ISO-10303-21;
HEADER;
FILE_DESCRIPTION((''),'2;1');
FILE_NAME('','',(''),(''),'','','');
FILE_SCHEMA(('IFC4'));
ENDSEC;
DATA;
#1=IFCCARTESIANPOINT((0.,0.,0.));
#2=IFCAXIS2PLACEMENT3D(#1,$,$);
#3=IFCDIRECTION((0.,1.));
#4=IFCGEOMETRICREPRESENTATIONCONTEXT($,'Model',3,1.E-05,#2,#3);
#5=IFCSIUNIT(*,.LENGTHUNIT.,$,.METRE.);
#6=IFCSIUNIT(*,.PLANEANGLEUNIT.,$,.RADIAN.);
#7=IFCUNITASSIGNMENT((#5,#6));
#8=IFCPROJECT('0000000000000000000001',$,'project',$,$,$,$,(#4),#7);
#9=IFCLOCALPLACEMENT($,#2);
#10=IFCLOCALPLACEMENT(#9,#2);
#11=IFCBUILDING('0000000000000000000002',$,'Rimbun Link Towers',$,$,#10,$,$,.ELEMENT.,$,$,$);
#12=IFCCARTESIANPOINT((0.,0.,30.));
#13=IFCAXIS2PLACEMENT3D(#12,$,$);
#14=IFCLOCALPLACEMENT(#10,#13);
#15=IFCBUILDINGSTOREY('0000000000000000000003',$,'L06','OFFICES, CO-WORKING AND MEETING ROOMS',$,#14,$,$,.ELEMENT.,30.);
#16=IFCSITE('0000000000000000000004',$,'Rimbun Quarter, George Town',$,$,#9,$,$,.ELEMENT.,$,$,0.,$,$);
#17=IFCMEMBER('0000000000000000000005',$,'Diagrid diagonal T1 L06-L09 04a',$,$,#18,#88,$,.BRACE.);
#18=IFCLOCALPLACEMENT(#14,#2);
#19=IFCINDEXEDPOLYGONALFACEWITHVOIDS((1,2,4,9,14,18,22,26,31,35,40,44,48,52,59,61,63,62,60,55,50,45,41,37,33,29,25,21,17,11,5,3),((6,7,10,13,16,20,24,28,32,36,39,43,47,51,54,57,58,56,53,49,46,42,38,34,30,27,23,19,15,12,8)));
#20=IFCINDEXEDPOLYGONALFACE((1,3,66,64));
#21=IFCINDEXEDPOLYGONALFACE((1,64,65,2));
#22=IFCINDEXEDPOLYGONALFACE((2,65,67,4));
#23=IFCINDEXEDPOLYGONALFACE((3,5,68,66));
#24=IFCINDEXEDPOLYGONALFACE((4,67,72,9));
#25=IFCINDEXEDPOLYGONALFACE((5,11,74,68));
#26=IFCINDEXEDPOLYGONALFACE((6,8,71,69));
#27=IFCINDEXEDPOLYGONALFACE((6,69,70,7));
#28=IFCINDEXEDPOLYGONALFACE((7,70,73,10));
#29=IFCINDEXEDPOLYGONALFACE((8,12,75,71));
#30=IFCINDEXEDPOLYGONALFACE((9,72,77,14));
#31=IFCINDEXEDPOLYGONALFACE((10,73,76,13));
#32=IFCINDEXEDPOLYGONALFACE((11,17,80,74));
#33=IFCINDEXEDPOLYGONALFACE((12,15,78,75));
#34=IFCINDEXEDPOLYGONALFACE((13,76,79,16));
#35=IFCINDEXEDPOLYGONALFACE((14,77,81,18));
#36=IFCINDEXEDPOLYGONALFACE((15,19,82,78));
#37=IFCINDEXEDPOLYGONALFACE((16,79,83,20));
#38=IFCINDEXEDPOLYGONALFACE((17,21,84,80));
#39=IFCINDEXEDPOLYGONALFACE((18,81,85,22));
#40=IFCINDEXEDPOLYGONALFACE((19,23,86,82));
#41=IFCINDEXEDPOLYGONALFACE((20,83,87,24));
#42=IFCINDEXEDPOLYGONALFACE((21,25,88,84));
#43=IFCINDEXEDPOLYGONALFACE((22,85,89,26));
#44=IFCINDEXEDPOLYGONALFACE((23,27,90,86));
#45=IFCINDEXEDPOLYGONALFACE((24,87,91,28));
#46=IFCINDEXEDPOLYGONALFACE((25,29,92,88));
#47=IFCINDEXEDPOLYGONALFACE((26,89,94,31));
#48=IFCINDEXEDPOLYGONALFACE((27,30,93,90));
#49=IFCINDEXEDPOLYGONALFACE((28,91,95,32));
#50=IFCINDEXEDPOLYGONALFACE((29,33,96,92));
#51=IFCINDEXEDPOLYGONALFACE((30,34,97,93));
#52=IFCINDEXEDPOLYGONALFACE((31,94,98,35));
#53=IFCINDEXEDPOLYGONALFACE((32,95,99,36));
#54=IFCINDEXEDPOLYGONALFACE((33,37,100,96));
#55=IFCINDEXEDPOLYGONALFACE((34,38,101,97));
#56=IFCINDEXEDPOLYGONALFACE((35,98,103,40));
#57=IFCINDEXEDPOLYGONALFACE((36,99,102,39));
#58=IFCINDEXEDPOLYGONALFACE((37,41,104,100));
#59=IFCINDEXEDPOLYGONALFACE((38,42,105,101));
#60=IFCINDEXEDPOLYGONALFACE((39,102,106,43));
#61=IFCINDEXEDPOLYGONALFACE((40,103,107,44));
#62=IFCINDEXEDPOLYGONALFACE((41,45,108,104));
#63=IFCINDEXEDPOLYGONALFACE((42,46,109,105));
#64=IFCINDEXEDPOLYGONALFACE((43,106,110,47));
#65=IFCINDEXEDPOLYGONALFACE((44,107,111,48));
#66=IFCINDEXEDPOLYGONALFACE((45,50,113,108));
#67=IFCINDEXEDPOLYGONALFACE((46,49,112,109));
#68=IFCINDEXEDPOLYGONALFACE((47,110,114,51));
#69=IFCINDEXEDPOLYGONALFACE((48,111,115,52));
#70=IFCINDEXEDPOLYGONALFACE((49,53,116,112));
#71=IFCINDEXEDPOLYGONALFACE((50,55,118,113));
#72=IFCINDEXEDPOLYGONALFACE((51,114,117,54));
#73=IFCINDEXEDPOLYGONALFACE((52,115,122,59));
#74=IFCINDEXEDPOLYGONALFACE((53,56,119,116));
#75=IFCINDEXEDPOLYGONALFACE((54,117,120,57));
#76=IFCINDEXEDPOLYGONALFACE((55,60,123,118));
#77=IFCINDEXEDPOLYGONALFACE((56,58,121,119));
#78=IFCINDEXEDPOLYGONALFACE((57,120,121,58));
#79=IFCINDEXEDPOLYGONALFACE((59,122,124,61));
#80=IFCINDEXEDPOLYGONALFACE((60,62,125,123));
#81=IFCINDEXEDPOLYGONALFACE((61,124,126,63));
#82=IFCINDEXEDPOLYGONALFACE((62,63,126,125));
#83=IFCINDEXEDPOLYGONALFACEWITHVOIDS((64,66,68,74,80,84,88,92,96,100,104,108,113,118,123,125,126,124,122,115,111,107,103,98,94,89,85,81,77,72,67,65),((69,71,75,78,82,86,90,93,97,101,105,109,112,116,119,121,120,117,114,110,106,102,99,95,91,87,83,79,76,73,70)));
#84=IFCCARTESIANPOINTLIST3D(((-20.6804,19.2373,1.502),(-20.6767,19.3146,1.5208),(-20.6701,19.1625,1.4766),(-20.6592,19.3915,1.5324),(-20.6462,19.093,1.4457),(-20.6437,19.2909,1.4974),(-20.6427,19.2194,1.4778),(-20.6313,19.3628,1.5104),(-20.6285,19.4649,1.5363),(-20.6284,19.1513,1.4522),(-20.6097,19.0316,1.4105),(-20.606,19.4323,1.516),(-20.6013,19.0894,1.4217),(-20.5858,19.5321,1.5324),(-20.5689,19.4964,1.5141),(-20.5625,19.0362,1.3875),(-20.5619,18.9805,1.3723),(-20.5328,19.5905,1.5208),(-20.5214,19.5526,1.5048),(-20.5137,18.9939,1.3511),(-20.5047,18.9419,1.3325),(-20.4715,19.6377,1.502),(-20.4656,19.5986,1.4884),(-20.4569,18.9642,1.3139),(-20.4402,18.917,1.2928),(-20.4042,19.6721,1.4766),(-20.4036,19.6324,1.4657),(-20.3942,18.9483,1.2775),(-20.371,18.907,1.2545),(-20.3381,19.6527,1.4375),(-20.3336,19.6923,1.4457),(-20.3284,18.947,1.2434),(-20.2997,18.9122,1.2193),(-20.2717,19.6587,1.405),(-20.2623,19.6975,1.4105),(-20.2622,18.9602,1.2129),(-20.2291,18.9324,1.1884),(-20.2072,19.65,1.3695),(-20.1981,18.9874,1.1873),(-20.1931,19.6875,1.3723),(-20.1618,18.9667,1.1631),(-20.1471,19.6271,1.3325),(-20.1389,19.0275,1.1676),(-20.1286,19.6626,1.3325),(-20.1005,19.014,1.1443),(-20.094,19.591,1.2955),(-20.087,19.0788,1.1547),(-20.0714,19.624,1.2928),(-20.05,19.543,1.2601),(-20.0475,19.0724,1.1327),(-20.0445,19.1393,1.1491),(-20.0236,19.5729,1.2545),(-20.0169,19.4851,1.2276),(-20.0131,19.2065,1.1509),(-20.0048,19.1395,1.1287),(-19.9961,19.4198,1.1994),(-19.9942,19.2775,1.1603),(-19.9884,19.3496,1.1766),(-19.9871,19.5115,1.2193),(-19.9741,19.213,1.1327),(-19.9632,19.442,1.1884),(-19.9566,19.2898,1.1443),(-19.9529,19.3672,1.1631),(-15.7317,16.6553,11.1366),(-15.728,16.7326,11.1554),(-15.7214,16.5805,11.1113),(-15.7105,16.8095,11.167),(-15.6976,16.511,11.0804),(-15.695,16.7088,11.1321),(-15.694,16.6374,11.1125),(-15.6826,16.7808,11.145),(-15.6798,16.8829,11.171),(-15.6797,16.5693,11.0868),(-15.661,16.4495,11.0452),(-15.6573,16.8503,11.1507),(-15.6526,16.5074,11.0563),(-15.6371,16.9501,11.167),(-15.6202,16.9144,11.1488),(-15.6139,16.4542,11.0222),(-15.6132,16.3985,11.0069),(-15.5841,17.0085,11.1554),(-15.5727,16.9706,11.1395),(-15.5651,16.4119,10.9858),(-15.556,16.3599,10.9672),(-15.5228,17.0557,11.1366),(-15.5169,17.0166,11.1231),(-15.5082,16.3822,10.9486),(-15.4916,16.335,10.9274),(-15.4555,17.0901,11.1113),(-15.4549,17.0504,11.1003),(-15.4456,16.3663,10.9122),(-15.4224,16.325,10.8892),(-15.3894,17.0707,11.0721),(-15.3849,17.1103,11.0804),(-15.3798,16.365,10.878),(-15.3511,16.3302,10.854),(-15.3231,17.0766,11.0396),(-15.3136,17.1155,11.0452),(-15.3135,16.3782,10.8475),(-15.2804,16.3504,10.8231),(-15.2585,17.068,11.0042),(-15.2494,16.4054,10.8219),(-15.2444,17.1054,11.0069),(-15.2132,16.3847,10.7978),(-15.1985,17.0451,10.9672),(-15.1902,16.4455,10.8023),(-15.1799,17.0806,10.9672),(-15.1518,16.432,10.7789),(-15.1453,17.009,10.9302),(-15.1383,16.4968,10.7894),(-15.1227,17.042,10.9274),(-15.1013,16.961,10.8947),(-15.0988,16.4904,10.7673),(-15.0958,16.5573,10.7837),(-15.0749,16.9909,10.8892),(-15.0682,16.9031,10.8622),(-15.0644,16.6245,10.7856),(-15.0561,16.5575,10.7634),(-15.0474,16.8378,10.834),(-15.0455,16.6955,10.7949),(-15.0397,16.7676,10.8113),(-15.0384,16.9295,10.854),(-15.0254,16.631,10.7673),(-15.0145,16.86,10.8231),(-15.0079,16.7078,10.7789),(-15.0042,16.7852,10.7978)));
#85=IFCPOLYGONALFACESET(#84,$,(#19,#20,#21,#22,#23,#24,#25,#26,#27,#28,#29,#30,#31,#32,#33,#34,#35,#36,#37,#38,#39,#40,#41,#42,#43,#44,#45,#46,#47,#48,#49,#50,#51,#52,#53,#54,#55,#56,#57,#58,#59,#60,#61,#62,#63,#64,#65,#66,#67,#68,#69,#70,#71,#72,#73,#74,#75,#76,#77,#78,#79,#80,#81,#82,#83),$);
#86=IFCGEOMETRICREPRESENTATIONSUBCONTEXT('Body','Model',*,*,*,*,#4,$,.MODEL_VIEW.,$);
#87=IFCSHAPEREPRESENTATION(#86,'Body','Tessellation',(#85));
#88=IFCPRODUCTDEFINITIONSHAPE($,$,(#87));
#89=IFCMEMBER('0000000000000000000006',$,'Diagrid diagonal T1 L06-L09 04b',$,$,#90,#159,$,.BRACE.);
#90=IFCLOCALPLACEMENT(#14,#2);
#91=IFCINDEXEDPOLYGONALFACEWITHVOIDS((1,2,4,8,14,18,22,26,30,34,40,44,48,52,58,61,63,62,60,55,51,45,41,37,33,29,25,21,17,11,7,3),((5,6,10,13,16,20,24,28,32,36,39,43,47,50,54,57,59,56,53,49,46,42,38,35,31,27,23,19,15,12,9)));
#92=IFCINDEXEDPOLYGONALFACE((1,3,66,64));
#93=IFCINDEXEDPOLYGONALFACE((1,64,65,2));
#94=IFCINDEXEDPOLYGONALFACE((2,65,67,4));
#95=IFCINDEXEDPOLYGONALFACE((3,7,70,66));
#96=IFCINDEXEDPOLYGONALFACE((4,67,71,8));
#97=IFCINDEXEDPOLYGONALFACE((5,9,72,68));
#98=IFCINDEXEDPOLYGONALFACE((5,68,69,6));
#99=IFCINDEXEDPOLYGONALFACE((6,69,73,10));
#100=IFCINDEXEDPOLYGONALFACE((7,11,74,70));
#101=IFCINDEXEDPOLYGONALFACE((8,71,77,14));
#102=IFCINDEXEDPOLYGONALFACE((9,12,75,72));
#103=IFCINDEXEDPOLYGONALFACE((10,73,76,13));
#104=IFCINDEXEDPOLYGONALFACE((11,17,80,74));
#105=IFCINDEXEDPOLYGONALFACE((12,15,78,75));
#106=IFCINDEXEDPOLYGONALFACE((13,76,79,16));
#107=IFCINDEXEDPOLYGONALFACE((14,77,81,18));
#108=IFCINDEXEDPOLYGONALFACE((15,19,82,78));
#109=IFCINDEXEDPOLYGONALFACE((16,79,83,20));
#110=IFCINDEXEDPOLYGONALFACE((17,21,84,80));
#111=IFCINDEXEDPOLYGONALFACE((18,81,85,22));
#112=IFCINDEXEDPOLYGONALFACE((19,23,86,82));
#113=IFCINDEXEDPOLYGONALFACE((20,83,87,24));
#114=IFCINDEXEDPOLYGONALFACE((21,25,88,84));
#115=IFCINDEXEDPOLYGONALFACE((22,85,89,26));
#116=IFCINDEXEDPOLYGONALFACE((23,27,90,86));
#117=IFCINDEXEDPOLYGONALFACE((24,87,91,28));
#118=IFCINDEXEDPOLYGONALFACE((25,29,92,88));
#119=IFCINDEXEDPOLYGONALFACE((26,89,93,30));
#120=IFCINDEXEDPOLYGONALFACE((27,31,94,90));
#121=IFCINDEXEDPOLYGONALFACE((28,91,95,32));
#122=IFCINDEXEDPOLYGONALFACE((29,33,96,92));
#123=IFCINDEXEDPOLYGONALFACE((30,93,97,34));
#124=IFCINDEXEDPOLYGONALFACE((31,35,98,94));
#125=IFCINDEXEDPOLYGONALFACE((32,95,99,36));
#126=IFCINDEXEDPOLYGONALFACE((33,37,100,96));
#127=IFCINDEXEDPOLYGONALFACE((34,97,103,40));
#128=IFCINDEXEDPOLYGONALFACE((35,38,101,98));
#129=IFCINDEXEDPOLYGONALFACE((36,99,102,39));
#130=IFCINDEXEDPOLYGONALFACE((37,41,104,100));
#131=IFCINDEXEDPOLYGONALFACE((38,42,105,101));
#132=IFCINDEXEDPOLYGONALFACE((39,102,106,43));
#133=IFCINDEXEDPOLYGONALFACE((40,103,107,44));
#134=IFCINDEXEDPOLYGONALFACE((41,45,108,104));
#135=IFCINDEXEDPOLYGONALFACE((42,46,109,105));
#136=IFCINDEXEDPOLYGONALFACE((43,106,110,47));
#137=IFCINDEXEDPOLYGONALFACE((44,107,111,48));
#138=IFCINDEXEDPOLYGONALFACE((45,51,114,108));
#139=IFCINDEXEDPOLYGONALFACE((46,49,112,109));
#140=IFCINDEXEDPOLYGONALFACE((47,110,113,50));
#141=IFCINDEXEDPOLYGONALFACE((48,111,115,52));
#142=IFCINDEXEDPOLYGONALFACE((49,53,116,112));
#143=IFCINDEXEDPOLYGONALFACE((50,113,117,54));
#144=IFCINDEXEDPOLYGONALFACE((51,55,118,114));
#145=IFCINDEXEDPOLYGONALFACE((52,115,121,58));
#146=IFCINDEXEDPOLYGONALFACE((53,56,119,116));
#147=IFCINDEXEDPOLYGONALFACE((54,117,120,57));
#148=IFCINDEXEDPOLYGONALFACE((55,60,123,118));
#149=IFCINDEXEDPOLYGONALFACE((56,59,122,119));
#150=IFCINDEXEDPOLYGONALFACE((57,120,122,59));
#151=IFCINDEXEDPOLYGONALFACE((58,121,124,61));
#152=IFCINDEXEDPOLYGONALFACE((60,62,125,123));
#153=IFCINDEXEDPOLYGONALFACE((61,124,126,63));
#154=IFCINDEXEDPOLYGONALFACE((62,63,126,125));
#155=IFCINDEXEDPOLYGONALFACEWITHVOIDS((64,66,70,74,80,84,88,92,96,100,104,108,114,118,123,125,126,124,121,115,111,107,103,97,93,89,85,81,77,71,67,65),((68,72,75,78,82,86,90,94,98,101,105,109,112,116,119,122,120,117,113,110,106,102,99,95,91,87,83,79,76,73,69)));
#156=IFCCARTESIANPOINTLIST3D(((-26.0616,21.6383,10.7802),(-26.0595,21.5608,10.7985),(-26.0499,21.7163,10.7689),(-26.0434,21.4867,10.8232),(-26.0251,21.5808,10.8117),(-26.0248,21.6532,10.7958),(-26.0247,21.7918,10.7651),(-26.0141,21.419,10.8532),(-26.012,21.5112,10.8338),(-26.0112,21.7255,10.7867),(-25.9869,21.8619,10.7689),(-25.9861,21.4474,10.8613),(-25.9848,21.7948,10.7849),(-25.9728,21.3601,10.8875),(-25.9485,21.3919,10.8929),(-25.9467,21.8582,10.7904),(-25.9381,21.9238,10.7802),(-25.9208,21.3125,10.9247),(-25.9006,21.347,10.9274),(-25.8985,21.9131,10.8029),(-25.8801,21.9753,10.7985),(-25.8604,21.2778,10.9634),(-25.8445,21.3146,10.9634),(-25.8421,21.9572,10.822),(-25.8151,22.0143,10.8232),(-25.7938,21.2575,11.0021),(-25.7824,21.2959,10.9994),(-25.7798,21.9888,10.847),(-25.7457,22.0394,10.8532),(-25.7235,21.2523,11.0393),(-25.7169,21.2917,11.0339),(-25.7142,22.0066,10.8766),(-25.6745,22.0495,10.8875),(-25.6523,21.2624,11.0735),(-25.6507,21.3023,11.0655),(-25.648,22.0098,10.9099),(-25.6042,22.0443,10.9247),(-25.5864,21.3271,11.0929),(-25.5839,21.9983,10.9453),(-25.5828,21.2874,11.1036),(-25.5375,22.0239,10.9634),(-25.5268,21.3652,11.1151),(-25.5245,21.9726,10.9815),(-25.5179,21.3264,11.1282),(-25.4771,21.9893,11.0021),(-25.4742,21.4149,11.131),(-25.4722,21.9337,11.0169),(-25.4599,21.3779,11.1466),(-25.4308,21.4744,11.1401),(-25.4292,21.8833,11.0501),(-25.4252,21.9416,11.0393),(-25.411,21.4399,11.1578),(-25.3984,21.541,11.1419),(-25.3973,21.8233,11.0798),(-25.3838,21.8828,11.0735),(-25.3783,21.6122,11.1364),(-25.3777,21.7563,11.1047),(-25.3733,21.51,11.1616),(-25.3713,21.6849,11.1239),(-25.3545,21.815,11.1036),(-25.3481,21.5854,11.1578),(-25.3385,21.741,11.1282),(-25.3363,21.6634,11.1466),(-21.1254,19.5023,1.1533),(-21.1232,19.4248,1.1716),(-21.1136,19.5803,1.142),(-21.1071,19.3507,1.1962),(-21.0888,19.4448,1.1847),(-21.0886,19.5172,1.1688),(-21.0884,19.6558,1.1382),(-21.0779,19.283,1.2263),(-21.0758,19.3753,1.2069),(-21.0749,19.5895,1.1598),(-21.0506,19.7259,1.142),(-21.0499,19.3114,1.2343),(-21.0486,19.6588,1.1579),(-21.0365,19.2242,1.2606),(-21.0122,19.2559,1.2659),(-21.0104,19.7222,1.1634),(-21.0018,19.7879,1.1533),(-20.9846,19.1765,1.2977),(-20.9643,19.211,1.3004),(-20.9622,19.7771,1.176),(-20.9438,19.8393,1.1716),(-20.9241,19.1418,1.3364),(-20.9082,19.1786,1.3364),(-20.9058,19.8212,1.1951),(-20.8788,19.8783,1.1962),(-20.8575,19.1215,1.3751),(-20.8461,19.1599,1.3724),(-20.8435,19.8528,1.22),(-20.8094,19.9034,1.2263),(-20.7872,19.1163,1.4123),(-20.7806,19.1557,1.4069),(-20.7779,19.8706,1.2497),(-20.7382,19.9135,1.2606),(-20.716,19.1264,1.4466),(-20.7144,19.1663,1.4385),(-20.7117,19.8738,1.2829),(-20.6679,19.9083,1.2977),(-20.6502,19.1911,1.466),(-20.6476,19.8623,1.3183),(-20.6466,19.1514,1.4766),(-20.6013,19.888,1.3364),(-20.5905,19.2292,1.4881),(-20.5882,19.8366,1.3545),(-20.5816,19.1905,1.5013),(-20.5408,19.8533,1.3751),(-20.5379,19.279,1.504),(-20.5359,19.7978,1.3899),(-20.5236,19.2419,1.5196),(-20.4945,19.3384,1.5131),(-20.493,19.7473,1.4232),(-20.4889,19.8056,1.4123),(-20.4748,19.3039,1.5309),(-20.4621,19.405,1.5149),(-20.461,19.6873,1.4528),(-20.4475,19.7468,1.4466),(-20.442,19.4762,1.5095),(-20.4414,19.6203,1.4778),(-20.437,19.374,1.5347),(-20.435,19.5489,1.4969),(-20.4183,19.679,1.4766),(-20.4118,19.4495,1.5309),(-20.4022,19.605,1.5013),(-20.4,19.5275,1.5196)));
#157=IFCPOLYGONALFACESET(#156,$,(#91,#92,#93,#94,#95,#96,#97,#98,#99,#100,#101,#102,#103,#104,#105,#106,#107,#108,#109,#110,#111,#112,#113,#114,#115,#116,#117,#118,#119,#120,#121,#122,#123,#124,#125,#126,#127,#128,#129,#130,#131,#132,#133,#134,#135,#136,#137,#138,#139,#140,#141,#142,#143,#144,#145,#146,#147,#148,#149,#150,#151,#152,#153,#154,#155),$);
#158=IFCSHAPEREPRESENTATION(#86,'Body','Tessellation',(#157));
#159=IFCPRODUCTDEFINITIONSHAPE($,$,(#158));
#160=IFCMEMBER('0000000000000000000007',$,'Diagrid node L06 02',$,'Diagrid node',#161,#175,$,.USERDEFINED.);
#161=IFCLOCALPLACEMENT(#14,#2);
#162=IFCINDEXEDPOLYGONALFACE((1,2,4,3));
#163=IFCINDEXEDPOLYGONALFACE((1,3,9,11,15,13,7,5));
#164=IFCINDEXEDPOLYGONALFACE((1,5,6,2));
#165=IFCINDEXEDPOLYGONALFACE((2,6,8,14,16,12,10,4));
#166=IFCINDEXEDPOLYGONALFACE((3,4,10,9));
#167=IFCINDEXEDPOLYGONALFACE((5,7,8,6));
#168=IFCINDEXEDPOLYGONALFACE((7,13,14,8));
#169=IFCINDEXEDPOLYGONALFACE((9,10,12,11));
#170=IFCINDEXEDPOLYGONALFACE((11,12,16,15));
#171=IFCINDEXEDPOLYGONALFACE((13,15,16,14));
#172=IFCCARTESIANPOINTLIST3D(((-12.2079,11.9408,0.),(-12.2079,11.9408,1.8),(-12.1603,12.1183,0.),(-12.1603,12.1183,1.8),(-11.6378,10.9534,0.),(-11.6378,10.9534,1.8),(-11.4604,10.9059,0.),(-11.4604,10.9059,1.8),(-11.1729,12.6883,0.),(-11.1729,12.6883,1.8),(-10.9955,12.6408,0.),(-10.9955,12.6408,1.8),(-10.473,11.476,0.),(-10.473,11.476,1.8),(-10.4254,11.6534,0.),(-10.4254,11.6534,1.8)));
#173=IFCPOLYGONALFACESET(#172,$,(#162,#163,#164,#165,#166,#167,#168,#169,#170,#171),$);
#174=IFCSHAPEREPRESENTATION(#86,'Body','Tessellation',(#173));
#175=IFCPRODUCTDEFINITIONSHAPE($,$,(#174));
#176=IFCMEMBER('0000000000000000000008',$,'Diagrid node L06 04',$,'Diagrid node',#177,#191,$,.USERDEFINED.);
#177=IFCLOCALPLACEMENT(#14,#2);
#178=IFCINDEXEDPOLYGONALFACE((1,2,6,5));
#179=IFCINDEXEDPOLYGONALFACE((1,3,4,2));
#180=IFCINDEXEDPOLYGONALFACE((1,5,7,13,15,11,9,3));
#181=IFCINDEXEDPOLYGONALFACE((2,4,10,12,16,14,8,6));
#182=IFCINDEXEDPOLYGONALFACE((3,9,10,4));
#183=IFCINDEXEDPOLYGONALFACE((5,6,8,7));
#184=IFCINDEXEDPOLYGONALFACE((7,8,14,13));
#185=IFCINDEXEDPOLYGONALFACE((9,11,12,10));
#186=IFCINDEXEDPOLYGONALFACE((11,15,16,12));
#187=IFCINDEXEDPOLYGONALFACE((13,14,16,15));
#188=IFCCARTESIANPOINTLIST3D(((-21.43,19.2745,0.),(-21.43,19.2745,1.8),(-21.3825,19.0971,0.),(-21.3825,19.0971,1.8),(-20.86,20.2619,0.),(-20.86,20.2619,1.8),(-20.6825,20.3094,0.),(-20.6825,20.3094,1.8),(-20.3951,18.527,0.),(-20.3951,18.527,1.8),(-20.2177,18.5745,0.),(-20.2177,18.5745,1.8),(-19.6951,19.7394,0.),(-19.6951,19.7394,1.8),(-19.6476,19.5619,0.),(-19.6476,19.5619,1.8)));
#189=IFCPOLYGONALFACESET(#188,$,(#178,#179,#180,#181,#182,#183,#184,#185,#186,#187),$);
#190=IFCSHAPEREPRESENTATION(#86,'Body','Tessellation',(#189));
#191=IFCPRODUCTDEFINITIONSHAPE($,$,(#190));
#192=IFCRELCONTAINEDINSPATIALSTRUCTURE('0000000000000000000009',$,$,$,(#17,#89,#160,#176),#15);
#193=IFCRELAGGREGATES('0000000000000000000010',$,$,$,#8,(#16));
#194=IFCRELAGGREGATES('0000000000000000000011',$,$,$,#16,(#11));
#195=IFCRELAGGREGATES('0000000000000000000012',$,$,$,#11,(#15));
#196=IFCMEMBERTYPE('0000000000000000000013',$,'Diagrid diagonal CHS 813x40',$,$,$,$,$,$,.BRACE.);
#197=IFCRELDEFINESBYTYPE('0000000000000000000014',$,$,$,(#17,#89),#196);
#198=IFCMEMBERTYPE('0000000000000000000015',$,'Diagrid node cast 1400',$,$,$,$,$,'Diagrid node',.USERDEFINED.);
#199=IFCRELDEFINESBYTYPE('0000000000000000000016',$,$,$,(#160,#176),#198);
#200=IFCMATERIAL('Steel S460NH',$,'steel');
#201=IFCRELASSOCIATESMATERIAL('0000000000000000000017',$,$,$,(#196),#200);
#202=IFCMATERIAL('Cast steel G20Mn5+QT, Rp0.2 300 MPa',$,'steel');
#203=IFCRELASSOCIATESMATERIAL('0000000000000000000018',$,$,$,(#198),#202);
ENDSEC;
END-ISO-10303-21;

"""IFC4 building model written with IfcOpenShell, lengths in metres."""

from ifc_helpers import new_model, si_unit, direction, frame, origin, origin_2d, place, context, subcontext, project, spatial, polyline, hollow_circle, outline, extrude, material, material_profile, profile_set, type_object, element, save


model = new_model("IFC4")

# Units and contexts
model_context = context("Model", 3, precision=1e-05, world=origin(), true_north=direction((0.0, 1.0)))
body_context = subcontext(model_context, "Body", "Model", "MODEL_VIEW")
ifc_project = project(units=[si_unit("LENGTHUNIT", "METRE"), si_unit("PLANEANGLEUNIT", "RADIAN")], contexts=[model_context])

# Site, building, storey
site_placement = place(None, origin())
site = spatial("IfcSite", under=ifc_project, at=site_placement, Name="Rimbun Quarter, George Town", CompositionType="ELEMENT", RefElevation=0.0)
building_placement = place(site_placement, origin())
building = spatial("IfcBuilding", under=site, at=building_placement, Name="Rimbun Link Towers", CompositionType="ELEMENT")
storey_placement = place(building_placement, frame((0.0, 0.0, 30.0)))
storey = spatial("IfcBuildingStorey", under=building, at=storey_placement, Name="L06", Description="OFFICES, CO-WORKING AND MEETING ROOMS", CompositionType="ELEMENT", Elevation=30.0)

# Members
ifc_material_1 = material(Name="Steel S460NH", Category="steel")
ifc_material_profile_1 = material_profile(ifc_material_1, hollow_circle(Radius=0.4065, WallThickness=0.04, at=origin_2d()), Name="Diagrid diagonal CHS 813x40")
ifc_profile_set_1 = profile_set([ifc_material_profile_1], Name="Steel S460NH")
member_type_1 = type_object("IfcMemberType", Name="Diagrid diagonal CHS 813x40", PredefinedType="BRACE", material=ifc_profile_set_1)
member_1_placement = place(storey_placement, frame((-20.3167, 19.3022, 1.3325), z_axis=(0.444435, -0.231887, 0.865278), x_axis=(0.462578, 0.886579, 0.0)))
element("IfcMember", 1, at=member_1_placement, inside=storey, type_object=member_type_1, Name="Diagrid diagonal T1 L06-L09 04a", PredefinedType="BRACE", context=body_context, shape_type="SweptSolid", body=[
    extrude(hollow_circle(Radius=0.4065, WallThickness=0.04, at=origin_2d()), origin(), (0.0, 0.0, 1.0), 11.1348),
])
member_2_placement = place(storey_placement, frame((-20.7627, 19.5149, 1.3364), z_axis=(-0.44763, 0.193695, 0.872989), x_axis=(-0.397127, -0.917764, 0.0)))
element("IfcMember", 2, at=member_2_placement, inside=storey, type_object=member_type_1, Name="Diagrid diagonal T1 L06-L09 04b", PredefinedType="BRACE", context=body_context, shape_type="SweptSolid", body=[
    extrude(hollow_circle(Radius=0.4065, WallThickness=0.04, at=origin_2d()), origin(), (0.0, 0.0, 1.0), 11.0276),
])
ifc_material_2 = material(Name="Cast steel G20Mn5+QT, Rp0.2 300 MPa", Category="steel")
ifc_material_profile_2 = material_profile(ifc_material_2, outline(polyline([(0.7, -0.5701), (0.7, 0.5701), (0.5701, 0.7), (-0.5701, 0.7), (-0.7, 0.5701), (-0.7, -0.5701), (-0.5701, -0.7), (0.5701, -0.7), (0.7, -0.5701)])), Name="NODE 1400x1400")
ifc_profile_set_2 = profile_set([ifc_material_profile_2], Name="Cast steel G20Mn5+QT, Rp0.2 300 MPa")
member_type_2 = type_object("IfcMemberType", Name="Diagrid node cast 1400", ElementType="Diagrid node", PredefinedType="USERDEFINED", material=ifc_profile_set_2)
for number, where, z_axis, x_axis, name in (
    (3, (-11.3167, 11.7971, 0.0), (0.0, 0.0, 1.0), (0.866025, 0.5, 0.0), "Diagrid node L06 02"),
    (4, (-20.5388, 19.4182, 0.0), (0.0, 0.0, 1.0), (0.5, 0.866025, 0.0), "Diagrid node L06 04"),
):
    element("IfcMember", number, at=place(storey_placement, frame(where, z_axis=z_axis, x_axis=x_axis)), inside=storey, type_object=member_type_2, Name=name, ObjectType="Diagrid node", PredefinedType="USERDEFINED", context=body_context, shape_type="SweptSolid", body=[
        extrude(outline(polyline([(0.7, -0.5701), (0.7, 0.5701), (0.5701, 0.7), (-0.5701, 0.7), (-0.7, 0.5701), (-0.7, -0.5701), (-0.5701, -0.7), (0.5701, -0.7), (0.7, -0.5701)])), origin(), (0.0, 0.0, 1.0), 1.8),
    ])

save(model, "model.ifc")
